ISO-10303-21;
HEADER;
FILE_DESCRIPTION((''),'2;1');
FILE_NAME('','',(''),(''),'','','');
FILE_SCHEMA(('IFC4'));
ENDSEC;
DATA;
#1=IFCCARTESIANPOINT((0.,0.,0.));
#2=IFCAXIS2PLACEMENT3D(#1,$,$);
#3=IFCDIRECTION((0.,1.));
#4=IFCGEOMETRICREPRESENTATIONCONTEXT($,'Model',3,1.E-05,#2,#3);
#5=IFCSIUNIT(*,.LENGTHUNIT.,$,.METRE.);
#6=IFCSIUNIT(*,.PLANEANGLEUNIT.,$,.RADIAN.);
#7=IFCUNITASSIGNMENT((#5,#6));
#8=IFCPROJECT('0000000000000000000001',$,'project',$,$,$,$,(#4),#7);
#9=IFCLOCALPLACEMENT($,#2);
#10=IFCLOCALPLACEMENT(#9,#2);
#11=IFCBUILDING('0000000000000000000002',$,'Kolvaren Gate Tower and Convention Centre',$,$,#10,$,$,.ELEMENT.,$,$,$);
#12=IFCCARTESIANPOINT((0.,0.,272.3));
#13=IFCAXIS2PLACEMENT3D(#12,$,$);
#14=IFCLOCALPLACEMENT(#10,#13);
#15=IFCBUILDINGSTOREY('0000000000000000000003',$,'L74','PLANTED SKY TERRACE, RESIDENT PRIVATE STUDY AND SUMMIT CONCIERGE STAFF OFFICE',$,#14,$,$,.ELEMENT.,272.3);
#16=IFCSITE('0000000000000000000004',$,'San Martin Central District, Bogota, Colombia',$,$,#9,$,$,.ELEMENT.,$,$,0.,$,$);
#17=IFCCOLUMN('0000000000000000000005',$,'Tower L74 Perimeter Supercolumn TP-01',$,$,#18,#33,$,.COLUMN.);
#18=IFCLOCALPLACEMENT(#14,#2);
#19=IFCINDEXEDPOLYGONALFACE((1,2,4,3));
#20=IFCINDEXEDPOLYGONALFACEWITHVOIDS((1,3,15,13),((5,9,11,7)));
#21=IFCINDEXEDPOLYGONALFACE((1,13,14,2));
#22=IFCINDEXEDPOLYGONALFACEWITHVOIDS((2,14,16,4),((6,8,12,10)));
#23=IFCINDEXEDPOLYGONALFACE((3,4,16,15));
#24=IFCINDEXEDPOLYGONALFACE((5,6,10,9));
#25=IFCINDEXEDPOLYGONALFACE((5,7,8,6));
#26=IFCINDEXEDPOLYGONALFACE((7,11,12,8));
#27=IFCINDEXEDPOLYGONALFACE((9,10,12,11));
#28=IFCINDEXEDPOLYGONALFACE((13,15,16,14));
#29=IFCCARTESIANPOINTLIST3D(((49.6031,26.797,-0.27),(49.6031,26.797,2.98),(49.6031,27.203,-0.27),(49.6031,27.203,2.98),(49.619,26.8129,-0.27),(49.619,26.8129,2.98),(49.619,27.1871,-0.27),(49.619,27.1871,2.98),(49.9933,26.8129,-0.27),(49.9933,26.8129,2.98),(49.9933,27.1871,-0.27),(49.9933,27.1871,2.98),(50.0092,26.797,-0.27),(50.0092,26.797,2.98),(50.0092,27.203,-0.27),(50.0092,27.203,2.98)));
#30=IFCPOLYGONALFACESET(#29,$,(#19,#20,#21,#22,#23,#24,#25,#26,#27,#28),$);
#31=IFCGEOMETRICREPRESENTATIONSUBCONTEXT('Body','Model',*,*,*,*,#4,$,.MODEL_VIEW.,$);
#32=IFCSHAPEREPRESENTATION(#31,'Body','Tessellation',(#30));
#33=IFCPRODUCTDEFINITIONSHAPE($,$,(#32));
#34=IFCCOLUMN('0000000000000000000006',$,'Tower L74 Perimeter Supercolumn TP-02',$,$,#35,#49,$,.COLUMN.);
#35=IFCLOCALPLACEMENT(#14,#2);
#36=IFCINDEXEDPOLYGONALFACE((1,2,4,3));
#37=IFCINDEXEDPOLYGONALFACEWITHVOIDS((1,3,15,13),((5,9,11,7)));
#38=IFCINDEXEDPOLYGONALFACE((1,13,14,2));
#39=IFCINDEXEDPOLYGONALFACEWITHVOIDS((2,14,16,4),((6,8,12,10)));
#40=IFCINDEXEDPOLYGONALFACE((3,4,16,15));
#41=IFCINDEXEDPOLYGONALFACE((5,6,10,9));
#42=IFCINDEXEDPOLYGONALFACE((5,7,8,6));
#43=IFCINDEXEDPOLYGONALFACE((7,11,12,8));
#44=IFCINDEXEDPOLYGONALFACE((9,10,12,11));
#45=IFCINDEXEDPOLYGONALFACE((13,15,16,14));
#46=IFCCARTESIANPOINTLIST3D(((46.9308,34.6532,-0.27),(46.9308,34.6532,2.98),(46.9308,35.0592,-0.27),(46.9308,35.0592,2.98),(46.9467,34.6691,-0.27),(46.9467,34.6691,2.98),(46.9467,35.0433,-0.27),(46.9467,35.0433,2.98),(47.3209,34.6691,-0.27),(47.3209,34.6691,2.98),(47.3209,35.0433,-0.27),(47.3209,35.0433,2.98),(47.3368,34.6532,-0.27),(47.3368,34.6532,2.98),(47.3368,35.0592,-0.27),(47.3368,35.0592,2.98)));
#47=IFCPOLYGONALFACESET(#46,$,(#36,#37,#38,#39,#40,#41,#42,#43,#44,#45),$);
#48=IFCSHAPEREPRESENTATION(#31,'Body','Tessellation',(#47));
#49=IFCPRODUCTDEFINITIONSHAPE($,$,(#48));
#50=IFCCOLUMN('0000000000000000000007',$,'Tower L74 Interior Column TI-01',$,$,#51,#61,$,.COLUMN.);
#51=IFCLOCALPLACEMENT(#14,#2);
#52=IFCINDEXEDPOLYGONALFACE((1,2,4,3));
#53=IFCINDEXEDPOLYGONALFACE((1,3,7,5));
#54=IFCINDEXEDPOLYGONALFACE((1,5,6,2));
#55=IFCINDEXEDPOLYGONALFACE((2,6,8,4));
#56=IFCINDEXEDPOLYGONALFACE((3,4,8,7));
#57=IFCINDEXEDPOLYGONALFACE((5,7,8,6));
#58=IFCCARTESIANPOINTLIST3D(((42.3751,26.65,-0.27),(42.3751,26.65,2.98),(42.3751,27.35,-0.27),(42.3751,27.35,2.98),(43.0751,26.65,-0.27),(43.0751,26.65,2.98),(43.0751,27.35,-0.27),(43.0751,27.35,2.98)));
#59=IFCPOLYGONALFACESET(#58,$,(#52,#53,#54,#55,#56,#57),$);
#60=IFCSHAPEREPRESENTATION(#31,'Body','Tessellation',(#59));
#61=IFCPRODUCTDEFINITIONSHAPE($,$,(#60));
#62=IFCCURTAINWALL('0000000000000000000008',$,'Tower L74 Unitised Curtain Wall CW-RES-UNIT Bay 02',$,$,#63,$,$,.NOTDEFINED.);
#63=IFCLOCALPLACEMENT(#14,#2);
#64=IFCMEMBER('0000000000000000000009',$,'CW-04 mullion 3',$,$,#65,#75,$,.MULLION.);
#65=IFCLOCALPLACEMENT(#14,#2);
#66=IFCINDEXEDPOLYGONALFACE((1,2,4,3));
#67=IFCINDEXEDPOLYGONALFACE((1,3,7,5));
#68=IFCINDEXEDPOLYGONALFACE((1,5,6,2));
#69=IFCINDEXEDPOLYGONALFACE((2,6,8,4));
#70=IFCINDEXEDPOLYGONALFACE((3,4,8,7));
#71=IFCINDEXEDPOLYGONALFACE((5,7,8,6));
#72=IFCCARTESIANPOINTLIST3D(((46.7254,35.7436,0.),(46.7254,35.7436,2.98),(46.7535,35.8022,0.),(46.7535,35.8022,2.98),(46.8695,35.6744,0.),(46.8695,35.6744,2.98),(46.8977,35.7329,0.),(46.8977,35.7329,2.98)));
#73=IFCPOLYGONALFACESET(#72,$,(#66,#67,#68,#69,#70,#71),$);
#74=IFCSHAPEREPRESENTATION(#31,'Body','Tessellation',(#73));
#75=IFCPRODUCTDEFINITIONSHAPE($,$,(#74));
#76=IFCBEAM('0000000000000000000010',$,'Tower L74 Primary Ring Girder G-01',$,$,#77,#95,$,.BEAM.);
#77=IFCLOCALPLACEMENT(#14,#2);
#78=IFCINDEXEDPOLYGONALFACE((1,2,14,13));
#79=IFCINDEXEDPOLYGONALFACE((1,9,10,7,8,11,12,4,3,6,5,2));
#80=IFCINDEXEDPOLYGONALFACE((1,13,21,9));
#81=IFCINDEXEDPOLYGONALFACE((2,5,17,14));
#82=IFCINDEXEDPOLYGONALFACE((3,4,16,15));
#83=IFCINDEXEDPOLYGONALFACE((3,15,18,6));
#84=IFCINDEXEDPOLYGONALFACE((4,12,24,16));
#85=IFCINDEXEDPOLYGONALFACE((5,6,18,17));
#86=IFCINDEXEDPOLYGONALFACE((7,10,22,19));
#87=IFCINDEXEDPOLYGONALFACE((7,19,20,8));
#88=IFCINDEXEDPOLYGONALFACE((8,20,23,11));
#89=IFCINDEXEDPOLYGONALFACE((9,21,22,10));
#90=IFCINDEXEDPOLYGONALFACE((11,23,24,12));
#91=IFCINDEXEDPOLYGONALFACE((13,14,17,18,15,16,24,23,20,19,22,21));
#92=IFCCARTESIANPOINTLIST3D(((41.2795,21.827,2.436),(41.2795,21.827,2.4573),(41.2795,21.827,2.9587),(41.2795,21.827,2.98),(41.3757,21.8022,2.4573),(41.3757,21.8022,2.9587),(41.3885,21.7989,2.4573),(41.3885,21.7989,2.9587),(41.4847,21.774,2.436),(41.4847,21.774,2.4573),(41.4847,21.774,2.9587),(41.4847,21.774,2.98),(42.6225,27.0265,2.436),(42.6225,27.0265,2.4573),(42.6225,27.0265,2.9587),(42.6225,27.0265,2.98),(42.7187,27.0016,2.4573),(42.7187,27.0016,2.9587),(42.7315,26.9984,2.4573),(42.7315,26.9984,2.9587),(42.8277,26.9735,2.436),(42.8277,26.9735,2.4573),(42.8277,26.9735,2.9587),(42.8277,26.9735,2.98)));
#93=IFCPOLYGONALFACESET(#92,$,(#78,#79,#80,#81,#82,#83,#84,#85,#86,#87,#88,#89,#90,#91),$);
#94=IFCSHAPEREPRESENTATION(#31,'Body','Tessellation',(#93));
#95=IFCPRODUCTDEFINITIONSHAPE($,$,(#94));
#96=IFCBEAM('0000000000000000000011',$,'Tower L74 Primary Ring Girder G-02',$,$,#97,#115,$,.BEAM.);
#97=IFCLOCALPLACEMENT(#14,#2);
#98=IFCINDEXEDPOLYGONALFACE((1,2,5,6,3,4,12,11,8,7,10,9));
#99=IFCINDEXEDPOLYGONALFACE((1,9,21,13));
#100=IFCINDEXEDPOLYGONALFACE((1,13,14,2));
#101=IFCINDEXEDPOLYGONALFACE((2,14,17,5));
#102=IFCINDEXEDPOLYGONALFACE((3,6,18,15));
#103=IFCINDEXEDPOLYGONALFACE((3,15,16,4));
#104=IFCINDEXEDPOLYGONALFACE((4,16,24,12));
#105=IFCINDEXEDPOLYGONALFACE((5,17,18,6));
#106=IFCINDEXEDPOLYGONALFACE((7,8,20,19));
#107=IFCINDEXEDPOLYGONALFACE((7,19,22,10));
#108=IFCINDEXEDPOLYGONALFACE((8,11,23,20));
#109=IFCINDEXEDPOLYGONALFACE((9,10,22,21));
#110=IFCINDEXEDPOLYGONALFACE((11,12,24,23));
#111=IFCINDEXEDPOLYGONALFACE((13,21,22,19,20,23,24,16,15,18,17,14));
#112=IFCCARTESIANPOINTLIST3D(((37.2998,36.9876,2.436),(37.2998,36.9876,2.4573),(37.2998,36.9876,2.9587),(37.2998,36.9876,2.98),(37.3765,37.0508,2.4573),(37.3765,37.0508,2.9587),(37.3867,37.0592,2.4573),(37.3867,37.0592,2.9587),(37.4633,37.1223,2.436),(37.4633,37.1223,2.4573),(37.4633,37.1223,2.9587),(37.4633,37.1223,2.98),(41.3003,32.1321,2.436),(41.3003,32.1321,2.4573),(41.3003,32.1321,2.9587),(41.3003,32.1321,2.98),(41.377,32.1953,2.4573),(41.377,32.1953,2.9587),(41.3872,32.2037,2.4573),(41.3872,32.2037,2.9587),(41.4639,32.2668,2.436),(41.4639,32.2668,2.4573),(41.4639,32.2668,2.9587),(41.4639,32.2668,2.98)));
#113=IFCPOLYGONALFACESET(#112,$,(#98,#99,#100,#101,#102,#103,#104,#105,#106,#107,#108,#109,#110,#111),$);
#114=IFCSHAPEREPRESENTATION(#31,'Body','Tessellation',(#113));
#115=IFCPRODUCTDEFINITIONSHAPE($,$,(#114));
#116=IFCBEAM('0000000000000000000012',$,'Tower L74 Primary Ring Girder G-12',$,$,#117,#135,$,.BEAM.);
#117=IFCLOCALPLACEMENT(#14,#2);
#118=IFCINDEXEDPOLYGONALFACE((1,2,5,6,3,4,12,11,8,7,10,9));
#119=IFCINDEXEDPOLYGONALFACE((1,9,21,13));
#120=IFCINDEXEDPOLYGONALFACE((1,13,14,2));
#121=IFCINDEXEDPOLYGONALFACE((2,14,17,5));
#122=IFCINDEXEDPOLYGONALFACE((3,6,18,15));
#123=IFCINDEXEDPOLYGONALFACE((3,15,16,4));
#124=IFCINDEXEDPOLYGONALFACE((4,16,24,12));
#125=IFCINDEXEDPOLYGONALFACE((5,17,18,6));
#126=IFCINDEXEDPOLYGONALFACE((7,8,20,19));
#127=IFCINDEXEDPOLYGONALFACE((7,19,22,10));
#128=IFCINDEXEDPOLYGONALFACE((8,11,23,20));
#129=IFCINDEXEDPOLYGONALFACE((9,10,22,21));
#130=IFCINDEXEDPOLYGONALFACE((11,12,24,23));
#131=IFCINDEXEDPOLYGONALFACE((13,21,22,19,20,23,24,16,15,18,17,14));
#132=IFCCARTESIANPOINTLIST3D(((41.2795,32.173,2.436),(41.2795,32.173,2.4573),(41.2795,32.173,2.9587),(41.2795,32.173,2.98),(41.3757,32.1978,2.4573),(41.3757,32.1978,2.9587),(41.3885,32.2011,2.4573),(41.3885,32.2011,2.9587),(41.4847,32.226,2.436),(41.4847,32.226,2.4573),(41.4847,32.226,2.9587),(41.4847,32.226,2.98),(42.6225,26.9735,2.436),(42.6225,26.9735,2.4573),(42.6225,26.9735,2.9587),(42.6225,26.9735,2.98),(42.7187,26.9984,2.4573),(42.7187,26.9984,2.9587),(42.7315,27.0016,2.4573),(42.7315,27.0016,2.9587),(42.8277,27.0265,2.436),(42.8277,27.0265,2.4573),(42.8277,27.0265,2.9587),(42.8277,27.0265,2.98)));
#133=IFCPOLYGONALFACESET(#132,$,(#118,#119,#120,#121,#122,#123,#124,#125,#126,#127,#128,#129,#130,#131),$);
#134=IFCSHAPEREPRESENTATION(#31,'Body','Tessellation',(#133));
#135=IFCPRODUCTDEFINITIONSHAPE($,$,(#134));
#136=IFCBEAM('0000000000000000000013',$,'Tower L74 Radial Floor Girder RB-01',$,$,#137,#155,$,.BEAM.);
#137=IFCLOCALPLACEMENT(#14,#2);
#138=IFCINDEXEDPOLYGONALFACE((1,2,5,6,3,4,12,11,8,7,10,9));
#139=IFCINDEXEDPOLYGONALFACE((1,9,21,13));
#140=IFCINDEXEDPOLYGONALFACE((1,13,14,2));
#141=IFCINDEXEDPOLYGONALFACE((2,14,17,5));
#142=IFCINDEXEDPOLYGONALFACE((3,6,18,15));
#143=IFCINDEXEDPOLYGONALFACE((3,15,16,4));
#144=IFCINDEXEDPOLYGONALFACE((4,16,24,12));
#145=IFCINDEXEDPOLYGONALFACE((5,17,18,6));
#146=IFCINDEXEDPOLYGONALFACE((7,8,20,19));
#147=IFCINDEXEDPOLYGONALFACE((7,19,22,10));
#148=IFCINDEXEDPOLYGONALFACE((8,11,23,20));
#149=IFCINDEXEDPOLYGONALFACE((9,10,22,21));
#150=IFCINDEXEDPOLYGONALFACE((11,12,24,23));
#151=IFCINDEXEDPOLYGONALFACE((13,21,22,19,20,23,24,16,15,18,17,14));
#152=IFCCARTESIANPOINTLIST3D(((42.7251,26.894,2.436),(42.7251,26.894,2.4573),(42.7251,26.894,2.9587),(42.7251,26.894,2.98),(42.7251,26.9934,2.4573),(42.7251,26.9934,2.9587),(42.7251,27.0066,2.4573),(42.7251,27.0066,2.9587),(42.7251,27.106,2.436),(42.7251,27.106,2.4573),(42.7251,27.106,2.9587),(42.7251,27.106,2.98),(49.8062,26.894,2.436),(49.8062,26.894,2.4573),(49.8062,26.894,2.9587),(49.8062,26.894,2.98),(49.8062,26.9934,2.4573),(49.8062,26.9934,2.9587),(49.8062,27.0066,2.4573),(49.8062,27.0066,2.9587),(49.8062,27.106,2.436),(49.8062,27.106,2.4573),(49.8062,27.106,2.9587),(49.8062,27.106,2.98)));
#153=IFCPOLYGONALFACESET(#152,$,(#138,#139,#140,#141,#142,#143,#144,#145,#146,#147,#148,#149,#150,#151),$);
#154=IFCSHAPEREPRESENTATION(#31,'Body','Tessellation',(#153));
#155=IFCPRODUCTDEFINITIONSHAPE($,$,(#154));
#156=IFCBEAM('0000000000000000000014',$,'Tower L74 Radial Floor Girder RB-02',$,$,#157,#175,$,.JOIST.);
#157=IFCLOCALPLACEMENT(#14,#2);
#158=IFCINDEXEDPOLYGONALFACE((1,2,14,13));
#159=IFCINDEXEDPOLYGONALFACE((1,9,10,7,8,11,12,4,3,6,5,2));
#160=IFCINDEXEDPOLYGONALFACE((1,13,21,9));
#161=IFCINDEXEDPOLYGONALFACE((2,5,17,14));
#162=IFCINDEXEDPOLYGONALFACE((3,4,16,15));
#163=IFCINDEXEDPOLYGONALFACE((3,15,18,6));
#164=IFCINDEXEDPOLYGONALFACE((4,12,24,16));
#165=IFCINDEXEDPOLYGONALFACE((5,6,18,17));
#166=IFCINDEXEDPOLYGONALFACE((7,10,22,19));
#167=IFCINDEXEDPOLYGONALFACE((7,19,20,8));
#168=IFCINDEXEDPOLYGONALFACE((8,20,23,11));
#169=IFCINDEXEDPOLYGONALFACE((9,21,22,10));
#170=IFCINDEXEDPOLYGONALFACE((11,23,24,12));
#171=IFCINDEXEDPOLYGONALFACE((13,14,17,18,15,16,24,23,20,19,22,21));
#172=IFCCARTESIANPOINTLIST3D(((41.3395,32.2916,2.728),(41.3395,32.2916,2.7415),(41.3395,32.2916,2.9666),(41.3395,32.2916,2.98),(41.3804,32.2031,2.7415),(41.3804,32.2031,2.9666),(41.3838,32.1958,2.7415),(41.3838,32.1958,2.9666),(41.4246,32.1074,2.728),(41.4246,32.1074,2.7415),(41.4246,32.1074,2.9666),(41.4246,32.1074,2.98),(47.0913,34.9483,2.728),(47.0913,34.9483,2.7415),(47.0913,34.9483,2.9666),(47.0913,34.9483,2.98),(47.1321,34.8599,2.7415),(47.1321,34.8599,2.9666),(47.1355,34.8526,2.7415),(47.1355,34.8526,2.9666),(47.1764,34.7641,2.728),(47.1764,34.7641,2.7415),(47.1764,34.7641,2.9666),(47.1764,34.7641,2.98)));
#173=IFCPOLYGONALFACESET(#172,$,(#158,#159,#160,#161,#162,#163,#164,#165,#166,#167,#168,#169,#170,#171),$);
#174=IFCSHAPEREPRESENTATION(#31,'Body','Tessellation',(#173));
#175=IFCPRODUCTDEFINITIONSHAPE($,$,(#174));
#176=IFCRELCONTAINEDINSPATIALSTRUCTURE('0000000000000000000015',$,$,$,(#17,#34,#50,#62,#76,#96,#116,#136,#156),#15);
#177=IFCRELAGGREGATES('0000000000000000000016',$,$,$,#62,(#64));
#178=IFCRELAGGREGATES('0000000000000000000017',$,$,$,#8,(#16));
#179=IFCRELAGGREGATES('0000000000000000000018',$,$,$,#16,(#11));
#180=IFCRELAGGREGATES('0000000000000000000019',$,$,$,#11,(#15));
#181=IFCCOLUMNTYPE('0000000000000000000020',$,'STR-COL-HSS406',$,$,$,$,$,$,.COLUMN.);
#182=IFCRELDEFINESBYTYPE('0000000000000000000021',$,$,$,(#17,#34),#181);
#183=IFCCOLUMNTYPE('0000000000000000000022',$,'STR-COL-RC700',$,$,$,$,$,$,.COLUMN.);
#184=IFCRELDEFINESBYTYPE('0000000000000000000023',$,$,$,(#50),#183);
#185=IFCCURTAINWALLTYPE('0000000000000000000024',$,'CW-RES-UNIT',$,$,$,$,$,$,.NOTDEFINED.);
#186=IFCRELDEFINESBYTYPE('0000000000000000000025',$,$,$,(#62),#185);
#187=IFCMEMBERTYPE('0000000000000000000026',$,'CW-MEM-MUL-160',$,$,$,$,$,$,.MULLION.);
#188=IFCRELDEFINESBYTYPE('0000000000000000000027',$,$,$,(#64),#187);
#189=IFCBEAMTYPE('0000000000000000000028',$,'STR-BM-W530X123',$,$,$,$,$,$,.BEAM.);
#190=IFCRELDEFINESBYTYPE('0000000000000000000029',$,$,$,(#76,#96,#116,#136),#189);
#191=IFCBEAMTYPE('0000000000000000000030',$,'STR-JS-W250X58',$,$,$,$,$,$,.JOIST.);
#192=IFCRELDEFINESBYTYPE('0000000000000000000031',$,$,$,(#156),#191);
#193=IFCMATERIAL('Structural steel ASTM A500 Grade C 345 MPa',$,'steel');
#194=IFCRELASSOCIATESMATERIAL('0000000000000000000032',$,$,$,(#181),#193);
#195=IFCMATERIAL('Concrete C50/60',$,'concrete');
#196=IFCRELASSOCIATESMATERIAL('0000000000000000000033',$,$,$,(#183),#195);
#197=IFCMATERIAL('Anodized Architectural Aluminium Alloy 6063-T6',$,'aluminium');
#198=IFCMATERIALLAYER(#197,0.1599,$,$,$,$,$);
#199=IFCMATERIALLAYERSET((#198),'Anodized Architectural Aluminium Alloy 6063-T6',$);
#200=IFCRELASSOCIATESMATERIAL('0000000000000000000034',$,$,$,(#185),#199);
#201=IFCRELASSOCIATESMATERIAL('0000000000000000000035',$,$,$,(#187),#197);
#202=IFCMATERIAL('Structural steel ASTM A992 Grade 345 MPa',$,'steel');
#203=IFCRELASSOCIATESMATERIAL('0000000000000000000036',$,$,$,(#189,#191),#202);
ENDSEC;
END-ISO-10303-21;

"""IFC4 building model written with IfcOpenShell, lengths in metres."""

from ifc_helpers import new_model, si_unit, direction, frame, origin, origin_2d, place, context, subcontext, project, spatial, rectangle, hollow_rectangle, i_section, extrude, material, layer, layer_set, material_profile, profile_set, type_object, element, aggregate, save


model = new_model("IFC4")

# Units and contexts
model_context = context("Model", 3, precision=1e-05, world=origin(), true_north=direction((0.0, 1.0)))
body_context = subcontext(model_context, "Body", "Model", "MODEL_VIEW")
ifc_project = project(units=[si_unit("LENGTHUNIT", "METRE"), si_unit("PLANEANGLEUNIT", "RADIAN")], contexts=[model_context])

# Site, building, storey
site_placement = place(None, origin())
site = spatial("IfcSite", under=ifc_project, at=site_placement, Name="San Martin Central District, Bogota, Colombia", CompositionType="ELEMENT", RefElevation=0.0)
building_placement = place(site_placement, origin())
building = spatial("IfcBuilding", under=site, at=building_placement, Name="Kolvaren Gate Tower and Convention Centre", CompositionType="ELEMENT")
storey_placement = place(building_placement, frame((0.0, 0.0, 272.3)))
storey = spatial("IfcBuildingStorey", under=building, at=storey_placement, Name="L74", Description="PLANTED SKY TERRACE, RESIDENT PRIVATE STUDY AND SUMMIT CONCIERGE STAFF OFFICE", CompositionType="ELEMENT", Elevation=272.3)

# Columns
ifc_material_1 = material(Name="Structural steel ASTM A500 Grade C 345 MPa", Category="steel")
ifc_material_profile_1 = material_profile(ifc_material_1, hollow_rectangle(XDim=0.406, YDim=0.406, WallThickness=0.0159, at=origin_2d()), Name="HSS406X406X15.9")
ifc_profile_set_1 = profile_set([ifc_material_profile_1], Name="Structural steel ASTM A500 Grade C 345 MPa")
column_type_1 = type_object("IfcColumnType", Name="STR-COL-HSS406", PredefinedType="COLUMN", material=ifc_profile_set_1)
for number, where, z_axis, x_axis, name in (
    (1, (49.8062, 27.0, -0.27), (0.0, 0.0, 1.0), (1.0, 0.0, 0.0), "Tower L74 Perimeter Supercolumn TP-01"),
    (2, (47.1338, 34.8562, -0.27), (0.0, 0.0, 1.0), (1.0, 0.0, 0.0), "Tower L74 Perimeter Supercolumn TP-02"),
):
    element("IfcColumn", number, at=place(storey_placement, frame(where, z_axis=z_axis, x_axis=x_axis)), inside=storey, type_object=column_type_1, Name=name, PredefinedType="COLUMN", context=body_context, shape_type="SweptSolid", body=[
        extrude(hollow_rectangle(XDim=0.406, YDim=0.406, WallThickness=0.0159, at=origin_2d()), origin(), (0.0, 0.0, 1.0), 3.25),
    ])
ifc_material_2 = material(Name="Concrete C50/60", Category="concrete")
ifc_material_profile_2 = material_profile(ifc_material_2, rectangle(XDim=0.7, YDim=0.7, at=origin_2d()), Name="RC-COL-700X700")
ifc_profile_set_2 = profile_set([ifc_material_profile_2], Name="Concrete C50/60")
column_type_2 = type_object("IfcColumnType", Name="STR-COL-RC700", PredefinedType="COLUMN", material=ifc_profile_set_2)
column_placement = place(storey_placement, frame((42.7251, 27.0, -0.27), z_axis=(0.0, 0.0, 1.0), x_axis=(1.0, 0.0, 0.0)))
element("IfcColumn", 3, at=column_placement, inside=storey, type_object=column_type_2, Name="Tower L74 Interior Column TI-01", PredefinedType="COLUMN", context=body_context, shape_type="SweptSolid", body=[
    extrude(rectangle(XDim=0.7, YDim=0.7, at=origin_2d()), origin(), (0.0, 0.0, 1.0), 3.25),
])

# Curtain wall, member
ifc_material_3 = material(Name="Anodized Architectural Aluminium Alloy 6063-T6", Category="aluminium")
ifc_layer_1 = layer(ifc_material_3, 0.1599)
ifc_layer_set_1 = layer_set([ifc_layer_1], Name="Anodized Architectural Aluminium Alloy 6063-T6")
curtain_wall_type = type_object("IfcCurtainWallType", Name="CW-RES-UNIT", PredefinedType="NOTDEFINED", material=ifc_layer_set_1)
curtain_wall_placement = place(storey_placement, origin())
curtain_wall = element("IfcCurtainWall", 4, at=curtain_wall_placement, inside=storey, type_object=curtain_wall_type, Name="Tower L74 Unitised Curtain Wall CW-RES-UNIT Bay 02", PredefinedType="NOTDEFINED")
ifc_material_profile_3 = material_profile(ifc_material_3, rectangle(XDim=0.0649, YDim=0.1599, at=origin_2d()), Name="CW-MEM-MUL-160")
ifc_profile_set_3 = profile_set([ifc_material_profile_3], Name="Anodized Architectural Aluminium Alloy 6063-T6")
member_type = type_object("IfcMemberType", Name="CW-MEM-MUL-160", PredefinedType="MULLION", material=ifc_profile_set_3)
member_placement = place(storey_placement, frame((46.8115, 35.7383, 0.0), z_axis=(0.0, 0.0, 1.0), x_axis=(0.43307, 0.901361, 0.0)))
member = element("IfcMember", 5, at=member_placement, type_object=member_type, Name="CW-04 mullion 3", PredefinedType="MULLION", context=body_context, shape_type="SweptSolid", body=[
    extrude(rectangle(XDim=0.0649, YDim=0.1599, at=origin_2d()), origin(), (0.0, 0.0, 1.0), 2.98),
])

# Beams
ifc_material_4 = material(Name="Structural steel ASTM A992 Grade 345 MPa", Category="steel")
ifc_material_profile_4 = material_profile(ifc_material_4, i_section(OverallWidth=0.2119, OverallDepth=0.5439, WebThickness=0.0132, FlangeThickness=0.0212, at=origin_2d()), Name="W530X123")
ifc_profile_set_4 = profile_set([ifc_material_profile_4], Name="Structural steel ASTM A992 Grade 345 MPa")
beam_type_1 = type_object("IfcBeamType", Name="STR-BM-W530X123", PredefinedType="BEAM", material=ifc_profile_set_4)
beam_1_placement = place(storey_placement, frame((42.7251, 27.0, 2.708), z_axis=(-0.250091, -0.968222, 0.0), x_axis=(0.968222, -0.250091, 0.0)))
element("IfcBeam", 6, at=beam_1_placement, inside=storey, type_object=beam_type_1, Name="Tower L74 Primary Ring Girder G-01", PredefinedType="BEAM", context=body_context, shape_type="SweptSolid", body=[
    extrude(i_section(OverallWidth=0.2119, OverallDepth=0.5439, WebThickness=0.0132, FlangeThickness=0.0212, at=origin_2d()), origin(), (0.0, 0.0, 1.0), 5.3701),
])
beam_2_placement = place(storey_placement, frame((41.3821, 32.1995, 2.708), z_axis=(-0.635884, 0.771785, 0.0), x_axis=(-0.771785, -0.635884, 0.0)))
element("IfcBeam", 7, at=beam_2_placement, inside=storey, type_object=beam_type_1, Name="Tower L74 Primary Ring Girder G-02", PredefinedType="BEAM", context=body_context, shape_type="SweptSolid", body=[
    extrude(i_section(OverallWidth=0.2119, OverallDepth=0.5439, WebThickness=0.0132, FlangeThickness=0.0212, at=origin_2d()), origin(), (0.0, 0.0, 1.0), 6.2913),
])
beam_3_placement = place(storey_placement, frame((42.7251, 27.0, 2.708), z_axis=(-0.250091, 0.968222, 0.0), x_axis=(-0.968222, -0.250091, 0.0)))
element("IfcBeam", 8, at=beam_3_placement, inside=storey, type_object=beam_type_1, Name="Tower L74 Primary Ring Girder G-12", PredefinedType="BEAM", context=body_context, shape_type="SweptSolid", body=[
    extrude(i_section(OverallWidth=0.2119, OverallDepth=0.5439, WebThickness=0.0132, FlangeThickness=0.0212, at=origin_2d()), origin(), (0.0, 0.0, 1.0), 5.3701),
])
beam_4_placement = place(storey_placement, frame((42.7251, 27.0, 2.708), z_axis=(1.0, 0.0, 0.0), x_axis=(0.0, 1.0, 0.0)))
element("IfcBeam", 9, at=beam_4_placement, inside=storey, type_object=beam_type_1, Name="Tower L74 Radial Floor Girder RB-01", PredefinedType="BEAM", context=body_context, shape_type="SweptSolid", body=[
    extrude(i_section(OverallWidth=0.2119, OverallDepth=0.5439, WebThickness=0.0132, FlangeThickness=0.0212, at=origin_2d()), origin(), (0.0, 0.0, 1.0), 7.0811),
])
ifc_material_profile_5 = material_profile(ifc_material_4, i_section(OverallWidth=0.2029, OverallDepth=0.252, WebThickness=0.0081, FlangeThickness=0.0134, at=origin_2d()), Name="W250X58")
ifc_profile_set_5 = profile_set([ifc_material_profile_5], Name="Structural steel ASTM A992 Grade 345 MPa")
beam_type_2 = type_object("IfcBeamType", Name="STR-JS-W250X58", PredefinedType="JOIST", material=ifc_profile_set_5)
beam_5_placement = place(storey_placement, frame((41.3821, 32.1995, 2.854), z_axis=(0.907833, 0.419332, 0.0), x_axis=(-0.419332, 0.907833, 0.0)))
element("IfcBeam", 10, at=beam_5_placement, inside=storey, type_object=beam_type_2, Name="Tower L74 Radial Floor Girder RB-02", PredefinedType="JOIST", context=body_context, shape_type="SweptSolid", body=[
    extrude(i_section(OverallWidth=0.2029, OverallDepth=0.252, WebThickness=0.0081, FlangeThickness=0.0134, at=origin_2d()), origin(), (0.0, 0.0, 1.0), 6.3357),
])

aggregate(curtain_wall, [member])

save(model, "model.ifc")
